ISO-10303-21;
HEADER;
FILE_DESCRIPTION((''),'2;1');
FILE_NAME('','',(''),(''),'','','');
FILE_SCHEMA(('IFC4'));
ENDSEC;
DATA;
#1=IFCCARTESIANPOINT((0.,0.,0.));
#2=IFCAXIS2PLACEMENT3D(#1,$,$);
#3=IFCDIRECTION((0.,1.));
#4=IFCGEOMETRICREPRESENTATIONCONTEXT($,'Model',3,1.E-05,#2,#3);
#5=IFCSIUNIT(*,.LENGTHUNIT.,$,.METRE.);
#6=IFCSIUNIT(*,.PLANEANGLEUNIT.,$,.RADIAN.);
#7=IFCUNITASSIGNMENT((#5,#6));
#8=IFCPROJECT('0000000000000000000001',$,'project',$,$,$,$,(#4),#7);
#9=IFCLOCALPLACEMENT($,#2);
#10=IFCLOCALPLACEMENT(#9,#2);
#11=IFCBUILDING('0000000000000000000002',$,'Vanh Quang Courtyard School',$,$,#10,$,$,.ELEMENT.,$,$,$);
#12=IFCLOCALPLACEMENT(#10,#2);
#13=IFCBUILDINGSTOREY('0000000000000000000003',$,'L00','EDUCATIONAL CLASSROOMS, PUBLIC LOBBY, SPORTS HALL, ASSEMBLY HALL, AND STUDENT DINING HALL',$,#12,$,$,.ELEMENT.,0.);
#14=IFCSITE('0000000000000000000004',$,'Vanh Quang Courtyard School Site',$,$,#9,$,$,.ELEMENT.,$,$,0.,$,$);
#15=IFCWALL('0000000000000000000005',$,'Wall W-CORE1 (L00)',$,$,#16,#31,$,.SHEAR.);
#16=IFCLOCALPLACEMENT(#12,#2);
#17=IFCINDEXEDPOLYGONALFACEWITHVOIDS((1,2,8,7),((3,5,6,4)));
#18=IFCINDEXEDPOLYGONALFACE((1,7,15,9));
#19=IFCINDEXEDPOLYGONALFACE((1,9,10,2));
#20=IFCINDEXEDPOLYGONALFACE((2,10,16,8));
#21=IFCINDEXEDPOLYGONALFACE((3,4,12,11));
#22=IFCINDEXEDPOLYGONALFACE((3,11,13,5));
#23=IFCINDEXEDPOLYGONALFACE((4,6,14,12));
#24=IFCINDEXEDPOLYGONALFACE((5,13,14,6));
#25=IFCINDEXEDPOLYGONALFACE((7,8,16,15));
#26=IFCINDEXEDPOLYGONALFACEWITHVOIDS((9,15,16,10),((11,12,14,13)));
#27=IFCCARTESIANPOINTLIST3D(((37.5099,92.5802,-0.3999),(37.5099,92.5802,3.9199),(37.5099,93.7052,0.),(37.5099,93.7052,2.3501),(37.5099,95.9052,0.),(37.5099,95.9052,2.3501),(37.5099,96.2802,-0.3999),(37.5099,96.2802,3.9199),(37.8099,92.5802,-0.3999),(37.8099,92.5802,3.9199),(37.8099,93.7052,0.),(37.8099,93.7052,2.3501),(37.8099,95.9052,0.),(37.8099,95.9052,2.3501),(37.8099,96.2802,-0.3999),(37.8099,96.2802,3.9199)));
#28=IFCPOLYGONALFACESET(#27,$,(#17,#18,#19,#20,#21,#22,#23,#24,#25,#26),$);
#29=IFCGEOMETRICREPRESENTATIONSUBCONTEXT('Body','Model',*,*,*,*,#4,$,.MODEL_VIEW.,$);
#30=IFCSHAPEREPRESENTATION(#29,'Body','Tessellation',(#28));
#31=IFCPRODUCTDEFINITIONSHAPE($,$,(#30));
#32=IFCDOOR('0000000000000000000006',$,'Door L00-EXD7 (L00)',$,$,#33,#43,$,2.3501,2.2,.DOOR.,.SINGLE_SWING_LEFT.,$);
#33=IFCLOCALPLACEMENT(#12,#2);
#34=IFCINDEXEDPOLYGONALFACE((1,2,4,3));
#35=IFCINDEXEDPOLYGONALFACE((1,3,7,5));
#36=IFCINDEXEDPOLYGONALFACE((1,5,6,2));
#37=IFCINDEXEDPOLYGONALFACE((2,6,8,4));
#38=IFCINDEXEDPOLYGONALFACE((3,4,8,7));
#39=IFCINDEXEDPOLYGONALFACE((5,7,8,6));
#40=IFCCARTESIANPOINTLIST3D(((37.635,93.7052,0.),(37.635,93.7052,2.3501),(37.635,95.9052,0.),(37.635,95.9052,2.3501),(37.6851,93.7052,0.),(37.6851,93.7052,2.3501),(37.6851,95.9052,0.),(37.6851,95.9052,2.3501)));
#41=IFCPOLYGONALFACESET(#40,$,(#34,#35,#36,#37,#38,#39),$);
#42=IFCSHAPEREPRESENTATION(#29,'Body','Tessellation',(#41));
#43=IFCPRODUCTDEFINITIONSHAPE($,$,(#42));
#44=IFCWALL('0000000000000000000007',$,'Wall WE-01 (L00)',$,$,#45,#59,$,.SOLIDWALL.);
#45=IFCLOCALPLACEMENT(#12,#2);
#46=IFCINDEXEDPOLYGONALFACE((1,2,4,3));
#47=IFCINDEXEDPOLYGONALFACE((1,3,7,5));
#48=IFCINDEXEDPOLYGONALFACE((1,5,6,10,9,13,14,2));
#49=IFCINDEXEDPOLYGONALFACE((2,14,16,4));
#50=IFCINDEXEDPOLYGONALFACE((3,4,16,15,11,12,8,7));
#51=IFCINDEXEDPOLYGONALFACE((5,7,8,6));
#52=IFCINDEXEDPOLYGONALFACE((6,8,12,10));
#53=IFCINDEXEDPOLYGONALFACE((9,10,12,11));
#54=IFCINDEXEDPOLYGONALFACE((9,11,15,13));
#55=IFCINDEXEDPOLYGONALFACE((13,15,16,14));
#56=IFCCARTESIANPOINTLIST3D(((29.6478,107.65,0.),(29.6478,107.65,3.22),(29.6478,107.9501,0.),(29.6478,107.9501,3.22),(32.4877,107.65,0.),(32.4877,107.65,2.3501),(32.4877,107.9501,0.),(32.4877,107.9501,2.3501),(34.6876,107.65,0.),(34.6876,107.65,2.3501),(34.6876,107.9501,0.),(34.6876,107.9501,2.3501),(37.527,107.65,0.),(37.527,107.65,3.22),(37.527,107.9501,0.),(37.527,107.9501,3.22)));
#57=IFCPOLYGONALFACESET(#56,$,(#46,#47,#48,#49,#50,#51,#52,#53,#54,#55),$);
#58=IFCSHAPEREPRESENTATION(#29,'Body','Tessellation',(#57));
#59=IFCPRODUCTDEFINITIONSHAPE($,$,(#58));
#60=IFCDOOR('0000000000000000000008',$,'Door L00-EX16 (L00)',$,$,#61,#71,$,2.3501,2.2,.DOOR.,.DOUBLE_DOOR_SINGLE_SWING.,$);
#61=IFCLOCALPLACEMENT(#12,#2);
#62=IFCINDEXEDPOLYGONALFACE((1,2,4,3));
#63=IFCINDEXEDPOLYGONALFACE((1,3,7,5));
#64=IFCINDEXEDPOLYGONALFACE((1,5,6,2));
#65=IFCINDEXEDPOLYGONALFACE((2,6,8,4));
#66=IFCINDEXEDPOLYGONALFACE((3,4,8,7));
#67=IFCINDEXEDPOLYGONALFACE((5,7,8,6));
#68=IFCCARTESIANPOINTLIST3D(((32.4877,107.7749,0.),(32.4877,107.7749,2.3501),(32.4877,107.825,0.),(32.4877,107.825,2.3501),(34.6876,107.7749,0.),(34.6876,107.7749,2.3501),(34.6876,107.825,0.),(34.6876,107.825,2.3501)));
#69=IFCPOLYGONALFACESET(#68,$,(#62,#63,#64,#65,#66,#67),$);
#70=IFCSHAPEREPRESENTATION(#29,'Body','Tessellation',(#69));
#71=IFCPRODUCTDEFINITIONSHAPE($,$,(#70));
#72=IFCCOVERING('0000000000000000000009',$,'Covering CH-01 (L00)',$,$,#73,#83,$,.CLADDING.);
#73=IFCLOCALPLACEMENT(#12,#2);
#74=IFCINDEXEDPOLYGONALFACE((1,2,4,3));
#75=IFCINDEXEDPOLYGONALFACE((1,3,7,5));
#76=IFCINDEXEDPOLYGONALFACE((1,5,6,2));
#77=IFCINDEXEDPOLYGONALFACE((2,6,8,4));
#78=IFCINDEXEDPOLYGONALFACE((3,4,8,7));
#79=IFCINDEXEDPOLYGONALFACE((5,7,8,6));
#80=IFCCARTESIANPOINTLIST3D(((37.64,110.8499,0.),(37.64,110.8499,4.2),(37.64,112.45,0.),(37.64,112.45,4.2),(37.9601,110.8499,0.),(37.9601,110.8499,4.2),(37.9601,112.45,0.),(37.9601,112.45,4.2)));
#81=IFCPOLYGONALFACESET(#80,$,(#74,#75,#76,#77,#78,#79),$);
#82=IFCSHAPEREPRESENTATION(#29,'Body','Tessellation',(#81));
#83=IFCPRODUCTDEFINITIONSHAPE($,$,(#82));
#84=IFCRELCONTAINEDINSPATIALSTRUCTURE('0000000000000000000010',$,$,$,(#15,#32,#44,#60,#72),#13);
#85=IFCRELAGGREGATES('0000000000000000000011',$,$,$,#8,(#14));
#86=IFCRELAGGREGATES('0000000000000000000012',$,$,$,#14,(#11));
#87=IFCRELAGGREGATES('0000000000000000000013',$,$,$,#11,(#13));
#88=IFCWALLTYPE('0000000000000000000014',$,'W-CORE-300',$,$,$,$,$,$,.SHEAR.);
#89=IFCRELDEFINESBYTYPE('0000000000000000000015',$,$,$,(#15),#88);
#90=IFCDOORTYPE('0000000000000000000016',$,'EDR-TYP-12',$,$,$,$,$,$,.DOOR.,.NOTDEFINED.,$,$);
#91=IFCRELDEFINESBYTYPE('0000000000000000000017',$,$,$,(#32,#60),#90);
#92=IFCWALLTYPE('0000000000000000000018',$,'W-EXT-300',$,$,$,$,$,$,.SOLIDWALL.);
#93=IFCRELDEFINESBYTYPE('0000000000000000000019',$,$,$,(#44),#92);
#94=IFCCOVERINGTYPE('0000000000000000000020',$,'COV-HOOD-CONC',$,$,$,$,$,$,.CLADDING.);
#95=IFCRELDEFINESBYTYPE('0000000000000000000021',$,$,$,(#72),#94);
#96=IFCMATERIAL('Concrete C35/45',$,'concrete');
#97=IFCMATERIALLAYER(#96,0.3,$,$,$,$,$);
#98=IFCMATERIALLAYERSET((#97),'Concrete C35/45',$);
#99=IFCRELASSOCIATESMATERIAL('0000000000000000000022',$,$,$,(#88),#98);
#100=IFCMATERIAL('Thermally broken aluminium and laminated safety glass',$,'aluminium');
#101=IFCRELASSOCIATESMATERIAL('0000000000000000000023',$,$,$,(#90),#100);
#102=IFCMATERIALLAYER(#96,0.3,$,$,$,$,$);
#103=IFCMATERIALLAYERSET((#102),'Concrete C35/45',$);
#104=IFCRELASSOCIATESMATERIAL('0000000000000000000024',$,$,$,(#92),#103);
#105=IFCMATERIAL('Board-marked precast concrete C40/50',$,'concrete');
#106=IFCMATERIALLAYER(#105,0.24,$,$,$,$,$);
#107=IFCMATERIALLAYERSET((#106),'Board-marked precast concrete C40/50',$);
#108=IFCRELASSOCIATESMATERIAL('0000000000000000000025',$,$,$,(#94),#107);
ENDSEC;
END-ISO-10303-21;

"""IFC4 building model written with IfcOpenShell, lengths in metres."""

from ifc_helpers import new_model, si_unit, direction, frame, frame_2d, origin, origin_2d, place, context, subcontext, project, spatial, rectangle, extrude, material, layer, layer_set, type_object, element, fill, save


model = new_model("IFC4")

# Units and contexts
model_context = context("Model", 3, precision=1e-05, world=origin(), true_north=direction((0.0, 1.0)))
body_context = subcontext(model_context, "Body", "Model", "MODEL_VIEW")
ifc_project = project(units=[si_unit("LENGTHUNIT", "METRE"), si_unit("PLANEANGLEUNIT", "RADIAN")], contexts=[model_context])

# Site, building, storey
site_placement = place(None, origin())
site = spatial("IfcSite", under=ifc_project, at=site_placement, Name="Vanh Quang Courtyard School Site", CompositionType="ELEMENT", RefElevation=0.0)
building_placement = place(site_placement, origin())
building = spatial("IfcBuilding", under=site, at=building_placement, Name="Vanh Quang Courtyard School", CompositionType="ELEMENT")
storey_placement = place(building_placement, origin())
storey = spatial("IfcBuildingStorey", under=building, at=storey_placement, Name="L00", Description="EDUCATIONAL CLASSROOMS, PUBLIC LOBBY, SPORTS HALL, ASSEMBLY HALL, AND STUDENT DINING HALL", CompositionType="ELEMENT", Elevation=0.0)

# Shared definitions
ifc_material_1 = material(Name="Concrete C35/45", Category="concrete")

# Shared definitions
ifc_layer_1 = layer(ifc_material_1, 0.3)
ifc_layer_set_1 = layer_set([ifc_layer_1], Name="Concrete C35/45")
wall_type_1 = type_object("IfcWallType", Name="W-CORE-300", PredefinedType="SHEAR", material=ifc_layer_set_1)

# Walls, openings, doors
wall_1_placement = place(storey_placement, frame((37.6599, 92.5801, -0.3999), z_axis=(0.0, 0.0, 1.0), x_axis=(0.0, 1.0, 0.0)))
wall_1 = element("IfcWall", 1, at=wall_1_placement, inside=storey, type_object=wall_type_1, Name="Wall W-CORE1 (L00)", PredefinedType="SHEAR", context=body_context, shape_type="SweptSolid", body=[
    extrude(rectangle(XDim=3.7, YDim=0.3, at=frame_2d((1.8501, 0.0))), origin(), (0.0, 0.0, 1.0), 4.3198),
])
opening_1_placement = place(wall_1_placement, frame((1.125, 0.0, 0.3999)))
opening_1 = element("IfcOpeningElement", 2, at=opening_1_placement, cuts=wall_1, PredefinedType="OPENING", context=body_context, shape_type="SweptSolid", body=[
    extrude(rectangle(XDim=2.2, YDim=2.3501, at=frame_2d((1.1001, 1.175))), frame((0.0, 0.1602, 0.0), z_axis=(0.0, -1.0, 0.0), x_axis=(1.0, 0.0, 0.0)), (0.0, 0.0, 1.0), 0.3201),
])
ifc_material_2 = material(Name="Thermally broken aluminium and laminated safety glass", Category="aluminium")
door_type_1 = type_object("IfcDoorType", Name="EDR-TYP-12", OperationType="NOTDEFINED", PredefinedType="DOOR", material=ifc_material_2)
door_1_placement = place(opening_1_placement, origin())
door_1 = element("IfcDoor", 3, at=door_1_placement, inside=storey, type_object=door_type_1, Name="Door L00-EXD7 (L00)", OperationType="SINGLE_SWING_LEFT", OverallHeight=2.3501, OverallWidth=2.2, PredefinedType="DOOR", context=body_context, shape_type="SweptSolid", body=[
    extrude(rectangle(XDim=2.2, YDim=2.3501, at=frame_2d((1.1001, 1.175))), frame((0.0, 0.0249, 0.0), z_axis=(0.0, -1.0, 0.0), x_axis=(1.0, 0.0, 0.0)), (0.0, 0.0, 1.0), 0.05),
])
fill(opening_1, door_1)
ifc_layer_2 = layer(ifc_material_1, 0.3)
ifc_layer_set_2 = layer_set([ifc_layer_2], Name="Concrete C35/45")
wall_type_2 = type_object("IfcWallType", Name="W-EXT-300", PredefinedType="SOLIDWALL", material=ifc_layer_set_2)
wall_2_placement = place(storey_placement, frame((29.6479, 107.8, 0.0), z_axis=(0.0, 0.0, 1.0), x_axis=(1.0, 0.0, 0.0)))
wall_2 = element("IfcWall", 4, at=wall_2_placement, inside=storey, type_object=wall_type_2, Name="Wall WE-01 (L00)", PredefinedType="SOLIDWALL", context=body_context, shape_type="SweptSolid", body=[
    extrude(rectangle(XDim=7.8792, YDim=0.3, at=frame_2d((3.9395, 0.0))), origin(), (0.0, 0.0, 1.0), 3.22),
])
opening_2_placement = place(wall_2_placement, frame((2.8396, 0.0, 0.0)))
opening_2 = element("IfcOpeningElement", 5, at=opening_2_placement, cuts=wall_2, PredefinedType="OPENING", context=body_context, shape_type="SweptSolid", body=[
    extrude(rectangle(XDim=2.2, YDim=2.3501, at=frame_2d((1.1001, 1.175))), frame((0.0, 0.1602, 0.0), z_axis=(0.0, -1.0, 0.0), x_axis=(1.0, 0.0, 0.0)), (0.0, 0.0, 1.0), 0.3201),
])
door_2_placement = place(opening_2_placement, origin())
door_2 = element("IfcDoor", 6, at=door_2_placement, inside=storey, type_object=door_type_1, Name="Door L00-EX16 (L00)", OperationType="DOUBLE_DOOR_SINGLE_SWING", OverallHeight=2.3501, OverallWidth=2.2, PredefinedType="DOOR", context=body_context, shape_type="SweptSolid", body=[
    extrude(rectangle(XDim=2.2, YDim=2.3501, at=frame_2d((1.1001, 1.175))), frame((0.0, 0.0249, 0.0), z_axis=(0.0, -1.0, 0.0), x_axis=(1.0, 0.0, 0.0)), (0.0, 0.0, 1.0), 0.05),
])
fill(opening_2, door_2)

# Covering
ifc_material_3 = material(Name="Board-marked precast concrete C40/50", Category="concrete")
ifc_layer_3 = layer(ifc_material_3, 0.24)
ifc_layer_set_3 = layer_set([ifc_layer_3], Name="Board-marked precast concrete C40/50")
covering_type = type_object("IfcCoveringType", Name="COV-HOOD-CONC", PredefinedType="CLADDING", material=ifc_layer_set_3)
covering_placement = place(storey_placement, frame((37.8, 111.6499, 0.0), z_axis=(0.0, 0.0, 1.0), x_axis=(0.0, 1.0, 0.0)))
element("IfcCovering", 7, at=covering_placement, inside=storey, type_object=covering_type, Name="Covering CH-01 (L00)", PredefinedType="CLADDING", context=body_context, shape_type="SweptSolid", body=[
    extrude(rectangle(XDim=1.6001, YDim=0.3201, at=origin_2d()), origin(), (0.0, 0.0, 1.0), 4.2),
])

save(model, "model.ifc")
